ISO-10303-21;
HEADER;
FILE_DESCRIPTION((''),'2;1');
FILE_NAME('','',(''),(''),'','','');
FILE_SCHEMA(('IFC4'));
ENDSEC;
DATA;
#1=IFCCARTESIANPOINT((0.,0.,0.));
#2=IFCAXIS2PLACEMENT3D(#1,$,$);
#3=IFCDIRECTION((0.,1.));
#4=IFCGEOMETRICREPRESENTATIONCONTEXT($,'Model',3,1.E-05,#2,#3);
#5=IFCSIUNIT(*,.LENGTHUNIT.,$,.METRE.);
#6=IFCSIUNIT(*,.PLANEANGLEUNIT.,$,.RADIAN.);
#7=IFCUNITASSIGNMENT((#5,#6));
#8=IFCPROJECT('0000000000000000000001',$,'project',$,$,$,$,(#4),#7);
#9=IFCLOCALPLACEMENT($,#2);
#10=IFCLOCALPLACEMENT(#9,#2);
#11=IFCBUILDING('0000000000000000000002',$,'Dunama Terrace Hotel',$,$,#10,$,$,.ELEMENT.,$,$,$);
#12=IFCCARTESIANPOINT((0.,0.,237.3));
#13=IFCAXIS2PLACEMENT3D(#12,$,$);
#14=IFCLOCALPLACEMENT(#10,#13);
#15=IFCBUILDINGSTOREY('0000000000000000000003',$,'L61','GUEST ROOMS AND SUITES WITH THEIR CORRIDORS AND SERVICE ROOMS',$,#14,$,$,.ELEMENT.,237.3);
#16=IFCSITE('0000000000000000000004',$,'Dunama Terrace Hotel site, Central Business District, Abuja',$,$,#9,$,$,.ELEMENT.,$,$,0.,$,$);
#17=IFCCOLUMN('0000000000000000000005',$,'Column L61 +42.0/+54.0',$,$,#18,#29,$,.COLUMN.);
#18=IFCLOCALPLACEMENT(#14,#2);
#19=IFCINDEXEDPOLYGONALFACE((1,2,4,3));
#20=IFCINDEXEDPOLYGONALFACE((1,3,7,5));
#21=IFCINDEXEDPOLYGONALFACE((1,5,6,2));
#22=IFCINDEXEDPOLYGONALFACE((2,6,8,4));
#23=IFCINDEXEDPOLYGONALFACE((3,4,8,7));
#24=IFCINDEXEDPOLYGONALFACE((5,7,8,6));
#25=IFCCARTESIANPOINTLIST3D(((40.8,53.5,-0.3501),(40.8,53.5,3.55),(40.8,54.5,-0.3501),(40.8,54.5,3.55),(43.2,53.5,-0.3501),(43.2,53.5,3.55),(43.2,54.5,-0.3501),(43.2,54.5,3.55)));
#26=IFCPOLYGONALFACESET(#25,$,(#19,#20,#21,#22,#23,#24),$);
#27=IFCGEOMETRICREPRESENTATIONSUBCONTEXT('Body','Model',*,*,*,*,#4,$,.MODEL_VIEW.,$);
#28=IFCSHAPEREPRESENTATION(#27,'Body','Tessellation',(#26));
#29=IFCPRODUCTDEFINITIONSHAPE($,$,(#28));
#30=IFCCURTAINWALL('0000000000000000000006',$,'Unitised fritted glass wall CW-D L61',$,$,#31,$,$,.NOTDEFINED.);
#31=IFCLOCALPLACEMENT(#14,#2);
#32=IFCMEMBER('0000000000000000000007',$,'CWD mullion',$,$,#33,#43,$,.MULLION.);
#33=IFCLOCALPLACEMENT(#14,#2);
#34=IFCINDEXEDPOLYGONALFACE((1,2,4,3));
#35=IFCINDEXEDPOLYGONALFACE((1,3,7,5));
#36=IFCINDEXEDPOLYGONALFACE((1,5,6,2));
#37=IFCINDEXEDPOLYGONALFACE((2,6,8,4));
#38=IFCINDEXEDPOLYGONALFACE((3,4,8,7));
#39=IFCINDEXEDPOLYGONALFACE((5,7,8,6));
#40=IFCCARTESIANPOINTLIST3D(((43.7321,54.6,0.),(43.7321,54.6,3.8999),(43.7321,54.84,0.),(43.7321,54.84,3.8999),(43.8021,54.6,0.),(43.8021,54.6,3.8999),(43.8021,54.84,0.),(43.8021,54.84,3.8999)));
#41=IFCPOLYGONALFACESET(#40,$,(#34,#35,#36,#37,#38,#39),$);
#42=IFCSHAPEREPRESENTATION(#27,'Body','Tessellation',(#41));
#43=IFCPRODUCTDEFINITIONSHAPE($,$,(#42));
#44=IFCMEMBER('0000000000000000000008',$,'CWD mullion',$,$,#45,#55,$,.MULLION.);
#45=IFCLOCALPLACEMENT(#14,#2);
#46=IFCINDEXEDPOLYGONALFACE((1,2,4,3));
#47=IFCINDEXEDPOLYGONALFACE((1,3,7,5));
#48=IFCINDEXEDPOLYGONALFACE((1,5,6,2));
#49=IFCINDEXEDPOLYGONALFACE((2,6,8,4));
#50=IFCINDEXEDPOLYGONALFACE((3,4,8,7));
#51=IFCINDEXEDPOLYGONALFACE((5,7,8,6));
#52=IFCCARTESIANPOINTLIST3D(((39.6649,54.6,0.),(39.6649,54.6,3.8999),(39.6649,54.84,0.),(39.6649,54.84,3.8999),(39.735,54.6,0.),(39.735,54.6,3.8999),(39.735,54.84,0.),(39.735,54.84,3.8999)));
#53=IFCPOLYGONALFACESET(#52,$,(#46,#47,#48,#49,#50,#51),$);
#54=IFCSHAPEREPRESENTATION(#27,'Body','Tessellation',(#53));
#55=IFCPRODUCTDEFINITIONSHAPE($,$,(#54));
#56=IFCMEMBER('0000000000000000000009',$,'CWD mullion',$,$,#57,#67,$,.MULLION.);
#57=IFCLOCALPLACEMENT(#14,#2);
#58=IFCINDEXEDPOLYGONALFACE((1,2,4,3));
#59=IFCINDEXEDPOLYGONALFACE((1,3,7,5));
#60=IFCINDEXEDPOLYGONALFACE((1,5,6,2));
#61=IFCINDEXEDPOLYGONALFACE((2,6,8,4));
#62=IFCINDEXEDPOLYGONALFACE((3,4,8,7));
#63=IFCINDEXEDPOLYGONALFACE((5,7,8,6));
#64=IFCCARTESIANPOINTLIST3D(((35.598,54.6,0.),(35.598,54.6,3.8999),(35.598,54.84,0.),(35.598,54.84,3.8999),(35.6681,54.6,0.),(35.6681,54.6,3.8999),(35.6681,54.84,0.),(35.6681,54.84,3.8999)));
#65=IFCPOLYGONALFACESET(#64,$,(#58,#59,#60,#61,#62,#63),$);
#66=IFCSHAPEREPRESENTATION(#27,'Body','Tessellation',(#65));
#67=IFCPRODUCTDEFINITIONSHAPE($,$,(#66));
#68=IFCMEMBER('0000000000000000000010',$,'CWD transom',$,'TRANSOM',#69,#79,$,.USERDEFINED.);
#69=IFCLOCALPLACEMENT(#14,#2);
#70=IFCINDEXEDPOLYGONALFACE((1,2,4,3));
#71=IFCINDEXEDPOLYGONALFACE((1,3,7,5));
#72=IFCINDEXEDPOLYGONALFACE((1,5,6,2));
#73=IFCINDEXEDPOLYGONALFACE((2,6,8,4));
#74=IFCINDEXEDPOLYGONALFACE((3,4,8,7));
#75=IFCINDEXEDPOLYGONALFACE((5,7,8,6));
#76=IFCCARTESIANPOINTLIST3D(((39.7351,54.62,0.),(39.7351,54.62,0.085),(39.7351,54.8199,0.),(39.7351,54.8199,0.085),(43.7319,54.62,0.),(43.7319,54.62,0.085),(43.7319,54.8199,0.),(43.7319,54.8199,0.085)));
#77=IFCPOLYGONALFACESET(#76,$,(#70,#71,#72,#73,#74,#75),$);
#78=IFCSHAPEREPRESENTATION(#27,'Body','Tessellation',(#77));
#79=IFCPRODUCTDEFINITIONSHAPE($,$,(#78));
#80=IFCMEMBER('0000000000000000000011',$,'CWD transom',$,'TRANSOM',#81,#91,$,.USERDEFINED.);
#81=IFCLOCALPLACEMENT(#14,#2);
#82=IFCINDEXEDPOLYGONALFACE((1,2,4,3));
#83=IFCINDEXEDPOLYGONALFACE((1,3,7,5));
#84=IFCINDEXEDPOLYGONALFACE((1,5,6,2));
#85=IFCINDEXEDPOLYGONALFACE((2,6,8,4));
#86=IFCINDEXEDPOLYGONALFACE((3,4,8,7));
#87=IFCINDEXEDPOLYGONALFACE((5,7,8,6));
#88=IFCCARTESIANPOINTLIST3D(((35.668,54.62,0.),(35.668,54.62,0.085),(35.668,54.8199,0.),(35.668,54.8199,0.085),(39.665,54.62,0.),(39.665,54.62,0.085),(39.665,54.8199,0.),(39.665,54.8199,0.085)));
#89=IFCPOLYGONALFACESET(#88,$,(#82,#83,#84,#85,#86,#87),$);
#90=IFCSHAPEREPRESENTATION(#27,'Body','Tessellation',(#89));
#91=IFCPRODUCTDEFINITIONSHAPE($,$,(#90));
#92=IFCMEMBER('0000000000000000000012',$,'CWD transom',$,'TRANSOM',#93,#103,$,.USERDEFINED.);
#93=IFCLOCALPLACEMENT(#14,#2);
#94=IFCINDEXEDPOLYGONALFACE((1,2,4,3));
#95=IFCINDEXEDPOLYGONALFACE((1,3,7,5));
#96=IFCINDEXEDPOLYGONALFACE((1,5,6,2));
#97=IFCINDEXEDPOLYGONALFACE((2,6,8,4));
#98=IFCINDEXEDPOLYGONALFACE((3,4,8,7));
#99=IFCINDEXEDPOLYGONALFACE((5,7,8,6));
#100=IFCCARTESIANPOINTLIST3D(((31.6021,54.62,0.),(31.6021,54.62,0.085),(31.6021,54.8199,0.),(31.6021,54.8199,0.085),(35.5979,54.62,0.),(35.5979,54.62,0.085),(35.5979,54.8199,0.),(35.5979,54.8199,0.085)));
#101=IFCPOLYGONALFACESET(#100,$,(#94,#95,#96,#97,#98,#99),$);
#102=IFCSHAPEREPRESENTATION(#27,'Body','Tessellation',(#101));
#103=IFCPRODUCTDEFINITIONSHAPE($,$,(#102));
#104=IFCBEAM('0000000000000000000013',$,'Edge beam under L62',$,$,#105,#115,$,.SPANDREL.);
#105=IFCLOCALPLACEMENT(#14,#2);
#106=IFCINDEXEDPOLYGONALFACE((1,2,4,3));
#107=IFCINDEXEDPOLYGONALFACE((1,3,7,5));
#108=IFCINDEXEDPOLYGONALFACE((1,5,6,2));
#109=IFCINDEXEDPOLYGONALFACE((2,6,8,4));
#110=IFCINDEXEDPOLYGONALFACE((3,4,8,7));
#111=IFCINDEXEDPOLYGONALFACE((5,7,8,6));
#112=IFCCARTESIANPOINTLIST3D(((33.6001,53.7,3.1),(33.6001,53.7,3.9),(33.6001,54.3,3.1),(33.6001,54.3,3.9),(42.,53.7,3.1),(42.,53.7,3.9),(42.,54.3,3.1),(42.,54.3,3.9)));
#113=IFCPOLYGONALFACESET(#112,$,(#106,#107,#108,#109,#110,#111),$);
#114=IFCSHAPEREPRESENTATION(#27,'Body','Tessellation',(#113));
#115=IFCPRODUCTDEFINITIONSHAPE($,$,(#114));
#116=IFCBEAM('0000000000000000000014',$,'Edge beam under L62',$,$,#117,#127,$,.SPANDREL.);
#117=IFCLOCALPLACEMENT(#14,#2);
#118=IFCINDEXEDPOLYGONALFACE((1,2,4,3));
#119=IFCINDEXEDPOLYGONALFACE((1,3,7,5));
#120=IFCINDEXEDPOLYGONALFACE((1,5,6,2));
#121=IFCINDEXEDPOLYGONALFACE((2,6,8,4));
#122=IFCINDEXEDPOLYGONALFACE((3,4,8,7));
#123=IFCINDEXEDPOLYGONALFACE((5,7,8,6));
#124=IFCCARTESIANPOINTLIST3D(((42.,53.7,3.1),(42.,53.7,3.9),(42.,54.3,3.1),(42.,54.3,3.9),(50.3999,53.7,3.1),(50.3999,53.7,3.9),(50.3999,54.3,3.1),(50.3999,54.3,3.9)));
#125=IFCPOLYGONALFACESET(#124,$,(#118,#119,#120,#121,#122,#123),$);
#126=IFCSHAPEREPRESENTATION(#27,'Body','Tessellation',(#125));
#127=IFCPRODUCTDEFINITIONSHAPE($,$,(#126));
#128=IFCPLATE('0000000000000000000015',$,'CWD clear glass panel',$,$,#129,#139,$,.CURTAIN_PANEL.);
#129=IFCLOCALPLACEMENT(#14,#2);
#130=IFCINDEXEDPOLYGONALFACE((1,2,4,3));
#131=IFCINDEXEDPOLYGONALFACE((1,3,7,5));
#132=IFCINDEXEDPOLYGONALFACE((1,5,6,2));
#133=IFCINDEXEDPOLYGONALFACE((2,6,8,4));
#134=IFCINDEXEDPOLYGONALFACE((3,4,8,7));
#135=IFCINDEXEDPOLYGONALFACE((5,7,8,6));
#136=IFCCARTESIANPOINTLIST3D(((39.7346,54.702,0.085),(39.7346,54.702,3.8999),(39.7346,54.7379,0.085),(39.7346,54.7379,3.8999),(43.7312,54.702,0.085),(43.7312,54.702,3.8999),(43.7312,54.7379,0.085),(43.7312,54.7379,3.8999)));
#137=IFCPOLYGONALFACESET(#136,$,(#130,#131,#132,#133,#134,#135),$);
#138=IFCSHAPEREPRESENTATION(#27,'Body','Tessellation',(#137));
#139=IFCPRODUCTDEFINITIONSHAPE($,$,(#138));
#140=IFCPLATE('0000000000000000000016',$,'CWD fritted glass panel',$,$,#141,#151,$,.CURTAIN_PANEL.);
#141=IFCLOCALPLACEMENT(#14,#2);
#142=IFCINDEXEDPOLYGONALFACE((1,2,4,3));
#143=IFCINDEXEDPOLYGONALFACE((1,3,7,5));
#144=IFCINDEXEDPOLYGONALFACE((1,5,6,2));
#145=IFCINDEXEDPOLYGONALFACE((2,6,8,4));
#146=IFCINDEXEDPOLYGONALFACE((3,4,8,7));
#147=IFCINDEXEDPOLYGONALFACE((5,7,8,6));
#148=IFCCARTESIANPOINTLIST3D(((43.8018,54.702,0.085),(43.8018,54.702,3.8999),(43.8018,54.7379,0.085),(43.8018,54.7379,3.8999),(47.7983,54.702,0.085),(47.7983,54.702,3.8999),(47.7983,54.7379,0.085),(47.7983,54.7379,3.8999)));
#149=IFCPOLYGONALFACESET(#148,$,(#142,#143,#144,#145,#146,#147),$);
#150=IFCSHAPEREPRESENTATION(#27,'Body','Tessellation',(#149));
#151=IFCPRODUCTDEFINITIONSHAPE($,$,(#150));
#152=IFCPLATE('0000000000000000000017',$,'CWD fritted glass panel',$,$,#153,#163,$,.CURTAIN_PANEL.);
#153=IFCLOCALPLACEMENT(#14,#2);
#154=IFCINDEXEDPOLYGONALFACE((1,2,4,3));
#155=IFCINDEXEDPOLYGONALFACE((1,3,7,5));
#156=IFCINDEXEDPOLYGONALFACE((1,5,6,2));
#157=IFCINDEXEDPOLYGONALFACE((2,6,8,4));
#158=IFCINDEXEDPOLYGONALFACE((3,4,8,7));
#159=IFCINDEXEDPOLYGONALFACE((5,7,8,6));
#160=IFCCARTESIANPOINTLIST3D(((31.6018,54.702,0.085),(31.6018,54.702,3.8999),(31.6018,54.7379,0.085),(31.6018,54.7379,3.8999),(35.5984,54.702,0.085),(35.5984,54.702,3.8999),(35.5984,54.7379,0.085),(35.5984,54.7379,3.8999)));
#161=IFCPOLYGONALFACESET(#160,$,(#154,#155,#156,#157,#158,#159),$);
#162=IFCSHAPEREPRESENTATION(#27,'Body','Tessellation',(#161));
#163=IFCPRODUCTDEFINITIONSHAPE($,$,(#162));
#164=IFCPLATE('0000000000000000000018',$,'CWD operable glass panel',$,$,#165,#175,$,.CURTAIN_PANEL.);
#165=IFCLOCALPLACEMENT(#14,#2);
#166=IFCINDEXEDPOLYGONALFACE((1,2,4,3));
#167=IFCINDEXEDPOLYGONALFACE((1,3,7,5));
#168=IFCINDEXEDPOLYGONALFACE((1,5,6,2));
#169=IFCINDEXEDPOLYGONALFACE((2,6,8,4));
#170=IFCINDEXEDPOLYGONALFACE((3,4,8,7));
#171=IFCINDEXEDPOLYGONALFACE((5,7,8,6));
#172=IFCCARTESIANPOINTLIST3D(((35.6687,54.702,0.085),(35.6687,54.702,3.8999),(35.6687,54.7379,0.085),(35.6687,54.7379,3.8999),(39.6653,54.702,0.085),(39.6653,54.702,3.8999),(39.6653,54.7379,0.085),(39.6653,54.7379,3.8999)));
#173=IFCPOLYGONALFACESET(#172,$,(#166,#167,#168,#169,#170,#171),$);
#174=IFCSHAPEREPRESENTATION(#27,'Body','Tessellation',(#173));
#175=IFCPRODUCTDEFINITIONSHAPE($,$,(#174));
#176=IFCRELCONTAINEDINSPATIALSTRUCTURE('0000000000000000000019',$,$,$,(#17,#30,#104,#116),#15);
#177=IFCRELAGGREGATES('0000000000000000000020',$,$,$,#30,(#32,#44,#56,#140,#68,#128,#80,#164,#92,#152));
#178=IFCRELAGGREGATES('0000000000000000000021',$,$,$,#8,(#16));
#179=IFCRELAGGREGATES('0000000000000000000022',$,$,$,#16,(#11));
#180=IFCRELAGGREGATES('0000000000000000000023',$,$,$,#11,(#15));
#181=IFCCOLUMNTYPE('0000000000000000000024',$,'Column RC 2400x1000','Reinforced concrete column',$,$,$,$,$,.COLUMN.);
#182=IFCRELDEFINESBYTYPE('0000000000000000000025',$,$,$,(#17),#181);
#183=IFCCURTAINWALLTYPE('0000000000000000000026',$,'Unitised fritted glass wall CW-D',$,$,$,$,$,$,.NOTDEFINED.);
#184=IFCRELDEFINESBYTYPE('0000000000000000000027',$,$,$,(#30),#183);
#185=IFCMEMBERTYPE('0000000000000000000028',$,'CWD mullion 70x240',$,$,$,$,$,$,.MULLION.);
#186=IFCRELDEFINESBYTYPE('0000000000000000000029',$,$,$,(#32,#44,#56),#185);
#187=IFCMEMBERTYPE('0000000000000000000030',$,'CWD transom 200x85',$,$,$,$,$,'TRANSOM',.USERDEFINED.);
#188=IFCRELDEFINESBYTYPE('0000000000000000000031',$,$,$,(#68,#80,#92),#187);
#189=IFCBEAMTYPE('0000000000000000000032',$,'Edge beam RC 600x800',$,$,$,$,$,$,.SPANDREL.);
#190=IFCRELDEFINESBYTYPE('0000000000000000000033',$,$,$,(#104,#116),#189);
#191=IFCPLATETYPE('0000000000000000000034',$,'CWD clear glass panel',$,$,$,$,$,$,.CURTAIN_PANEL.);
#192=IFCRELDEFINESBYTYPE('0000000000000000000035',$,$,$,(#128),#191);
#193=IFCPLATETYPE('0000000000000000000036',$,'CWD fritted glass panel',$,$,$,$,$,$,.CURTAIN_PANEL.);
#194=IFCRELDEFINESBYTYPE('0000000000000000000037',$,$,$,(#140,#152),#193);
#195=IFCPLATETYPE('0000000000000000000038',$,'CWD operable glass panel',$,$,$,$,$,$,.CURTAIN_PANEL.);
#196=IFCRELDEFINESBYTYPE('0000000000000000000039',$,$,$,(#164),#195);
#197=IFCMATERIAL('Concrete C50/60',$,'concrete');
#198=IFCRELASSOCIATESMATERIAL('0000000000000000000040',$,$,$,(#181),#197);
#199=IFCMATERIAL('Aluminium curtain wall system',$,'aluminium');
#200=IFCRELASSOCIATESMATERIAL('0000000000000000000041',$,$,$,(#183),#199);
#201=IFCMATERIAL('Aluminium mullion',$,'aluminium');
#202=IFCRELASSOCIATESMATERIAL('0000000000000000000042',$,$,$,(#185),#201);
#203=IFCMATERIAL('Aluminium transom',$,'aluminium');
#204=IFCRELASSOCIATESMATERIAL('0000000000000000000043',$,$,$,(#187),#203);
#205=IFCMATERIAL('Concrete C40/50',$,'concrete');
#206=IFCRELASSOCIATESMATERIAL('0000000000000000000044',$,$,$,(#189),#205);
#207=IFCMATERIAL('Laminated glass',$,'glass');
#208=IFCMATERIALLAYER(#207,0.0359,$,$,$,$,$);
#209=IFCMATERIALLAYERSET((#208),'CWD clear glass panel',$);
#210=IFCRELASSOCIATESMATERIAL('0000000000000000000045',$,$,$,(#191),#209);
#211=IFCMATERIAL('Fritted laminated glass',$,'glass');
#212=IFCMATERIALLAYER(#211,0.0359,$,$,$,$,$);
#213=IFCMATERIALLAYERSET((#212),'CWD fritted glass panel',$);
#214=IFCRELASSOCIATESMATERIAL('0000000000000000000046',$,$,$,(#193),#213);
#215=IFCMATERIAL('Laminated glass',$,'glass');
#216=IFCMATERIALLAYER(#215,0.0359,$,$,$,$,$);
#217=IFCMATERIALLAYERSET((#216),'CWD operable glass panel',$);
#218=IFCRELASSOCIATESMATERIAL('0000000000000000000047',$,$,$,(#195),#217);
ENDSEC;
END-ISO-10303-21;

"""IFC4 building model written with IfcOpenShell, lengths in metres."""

from ifc_helpers import new_model, si_unit, direction, frame, origin, origin_2d, place, context, subcontext, project, spatial, rectangle, extrude, material, layer, layer_set, material_profile, profile_set, type_object, element, aggregate, save


model = new_model("IFC4")

# Units and contexts
model_context = context("Model", 3, precision=1e-05, world=origin(), true_north=direction((0.0, 1.0)))
body_context = subcontext(model_context, "Body", "Model", "MODEL_VIEW")
ifc_project = project(units=[si_unit("LENGTHUNIT", "METRE"), si_unit("PLANEANGLEUNIT", "RADIAN")], contexts=[model_context])

# Site, building, storey
site_placement = place(None, origin())
site = spatial("IfcSite", under=ifc_project, at=site_placement, Name="Dunama Terrace Hotel site, Central Business District, Abuja", CompositionType="ELEMENT", RefElevation=0.0)
building_placement = place(site_placement, origin())
building = spatial("IfcBuilding", under=site, at=building_placement, Name="Dunama Terrace Hotel", CompositionType="ELEMENT")
storey_placement = place(building_placement, frame((0.0, 0.0, 237.3)))
storey = spatial("IfcBuildingStorey", under=building, at=storey_placement, Name="L61", Description="GUEST ROOMS AND SUITES WITH THEIR CORRIDORS AND SERVICE ROOMS", CompositionType="ELEMENT", Elevation=237.3)

# Column
ifc_material_1 = material(Name="Concrete C50/60", Category="concrete")
ifc_material_profile_1 = material_profile(ifc_material_1, rectangle(XDim=2.3999, YDim=1.0, at=origin_2d()), Name="RC 2400x1000")
ifc_profile_set_1 = profile_set([ifc_material_profile_1], Name="Concrete C50/60")
column_type = type_object("IfcColumnType", Name="Column RC 2400x1000", Description="Reinforced concrete column", PredefinedType="COLUMN", material=ifc_profile_set_1)
column_placement = place(storey_placement, frame((42.0, 54.0, -0.3501), z_axis=(0.0, 0.0, 1.0), x_axis=(1.0, 0.0, 0.0)))
element("IfcColumn", 1, at=column_placement, inside=storey, type_object=column_type, Name="Column L61 +42.0/+54.0", PredefinedType="COLUMN", context=body_context, shape_type="SweptSolid", body=[
    extrude(rectangle(XDim=2.3999, YDim=1.0, at=origin_2d()), origin(), (0.0, 0.0, 1.0), 3.9001),
])

# Curtain wall, members
ifc_material_2 = material(Name="Aluminium curtain wall system", Category="aluminium")
curtain_wall_type = type_object("IfcCurtainWallType", Name="Unitised fritted glass wall CW-D", PredefinedType="NOTDEFINED", material=ifc_material_2)
curtain_wall_placement = place(storey_placement, origin())
curtain_wall = element("IfcCurtainWall", 2, at=curtain_wall_placement, inside=storey, type_object=curtain_wall_type, Name="Unitised fritted glass wall CW-D L61", PredefinedType="NOTDEFINED")
ifc_material_3 = material(Name="Aluminium mullion", Category="aluminium")
ifc_material_profile_2 = material_profile(ifc_material_3, rectangle(XDim=0.0701, YDim=0.24, at=origin_2d()), Name="CWD MULLION 70X240")
ifc_profile_set_2 = profile_set([ifc_material_profile_2], Name="Aluminium mullion")
member_type_1 = type_object("IfcMemberType", Name="CWD mullion 70x240", PredefinedType="MULLION", material=ifc_profile_set_2)
member_1_placement = place(storey_placement, frame((43.7671, 54.72, 0.0), z_axis=(0.0, 0.0, 1.0), x_axis=(-1.0, 0.0, 0.0)))
member_1 = element("IfcMember", 3, at=member_1_placement, type_object=member_type_1, Name="CWD mullion", PredefinedType="MULLION", context=body_context, shape_type="SweptSolid", body=[
    extrude(rectangle(XDim=0.0701, YDim=0.24, at=origin_2d()), origin(), (0.0, 0.0, 1.0), 3.8999),
])
member_2_placement = place(storey_placement, frame((39.7, 54.72, 0.0), z_axis=(0.0, 0.0, 1.0), x_axis=(-1.0, 0.0, 0.0)))
member_2 = element("IfcMember", 4, at=member_2_placement, type_object=member_type_1, Name="CWD mullion", PredefinedType="MULLION", context=body_context, shape_type="SweptSolid", body=[
    extrude(rectangle(XDim=0.0701, YDim=0.24, at=origin_2d()), origin(), (0.0, 0.0, 1.0), 3.8999),
])
member_3_placement = place(storey_placement, frame((35.6331, 54.72, 0.0), z_axis=(0.0, 0.0, 1.0), x_axis=(-1.0, 0.0, 0.0)))
member_3 = element("IfcMember", 5, at=member_3_placement, type_object=member_type_1, Name="CWD mullion", PredefinedType="MULLION", context=body_context, shape_type="SweptSolid", body=[
    extrude(rectangle(XDim=0.0701, YDim=0.24, at=origin_2d()), origin(), (0.0, 0.0, 1.0), 3.8999),
])
ifc_material_4 = material(Name="Aluminium transom", Category="aluminium")
ifc_material_profile_3 = material_profile(ifc_material_4, rectangle(XDim=0.2, YDim=0.085, at=origin_2d()), Name="CWD TRANSOM 200X85")
ifc_profile_set_3 = profile_set([ifc_material_profile_3], Name="Aluminium transom")
member_type_2 = type_object("IfcMemberType", Name="CWD transom 200x85", ElementType="TRANSOM", PredefinedType="USERDEFINED", material=ifc_profile_set_3)
member_4_placement = place(storey_placement, frame((43.7319, 54.72, 0.0425), z_axis=(-1.0, 0.0, 0.0), x_axis=(0.0, -1.0, 0.0)))
member_4 = element("IfcMember", 6, at=member_4_placement, type_object=member_type_2, Name="CWD transom", ObjectType="TRANSOM", PredefinedType="USERDEFINED", context=body_context, shape_type="SweptSolid", body=[
    extrude(rectangle(XDim=0.2, YDim=0.085, at=origin_2d()), origin(), (0.0, 0.0, 1.0), 3.9968),
])
member_5_placement = place(storey_placement, frame((39.665, 54.72, 0.0425), z_axis=(-1.0, 0.0, 0.0), x_axis=(0.0, -1.0, 0.0)))
member_5 = element("IfcMember", 7, at=member_5_placement, type_object=member_type_2, Name="CWD transom", ObjectType="TRANSOM", PredefinedType="USERDEFINED", context=body_context, shape_type="SweptSolid", body=[
    extrude(rectangle(XDim=0.2, YDim=0.085, at=origin_2d()), origin(), (0.0, 0.0, 1.0), 3.9971),
])
member_6_placement = place(storey_placement, frame((35.5979, 54.72, 0.0425), z_axis=(-1.0, 0.0, 0.0), x_axis=(0.0, -1.0, 0.0)))
member_6 = element("IfcMember", 8, at=member_6_placement, type_object=member_type_2, Name="CWD transom", ObjectType="TRANSOM", PredefinedType="USERDEFINED", context=body_context, shape_type="SweptSolid", body=[
    extrude(rectangle(XDim=0.2, YDim=0.085, at=origin_2d()), origin(), (0.0, 0.0, 1.0), 3.9958),
])

# Beams
ifc_material_5 = material(Name="Concrete C40/50", Category="concrete")
ifc_material_profile_4 = material_profile(ifc_material_5, rectangle(XDim=0.6001, YDim=0.8, at=origin_2d()), Name="RC 600x800")
ifc_profile_set_4 = profile_set([ifc_material_profile_4], Name="Concrete C40/50")
beam_type = type_object("IfcBeamType", Name="Edge beam RC 600x800", PredefinedType="SPANDREL", material=ifc_profile_set_4)
for number, where, z_axis, x_axis, name in (
    (9, (33.6001, 54.0, 3.5), (1.0, 0.0, 0.0), (0.0, 1.0, 0.0), "Edge beam under L62"),
    (10, (42.0, 54.0, 3.5), (1.0, 0.0, 0.0), (0.0, 1.0, 0.0), "Edge beam under L62"),
):
    element("IfcBeam", number, at=place(storey_placement, frame(where, z_axis=z_axis, x_axis=x_axis)), inside=storey, type_object=beam_type, Name=name, PredefinedType="SPANDREL", context=body_context, shape_type="SweptSolid", body=[
        extrude(rectangle(XDim=0.6001, YDim=0.8, at=origin_2d()), origin(), (0.0, 0.0, 1.0), 8.3999),
    ])

# Plates
ifc_material_6 = material(Name="Laminated glass", Category="glass")
ifc_layer_1 = layer(ifc_material_6, 0.0359)
ifc_layer_set_1 = layer_set([ifc_layer_1], Name="CWD clear glass panel")
plate_type_1 = type_object("IfcPlateType", Name="CWD clear glass panel", PredefinedType="CURTAIN_PANEL", material=ifc_layer_set_1)
plate_1_placement = place(storey_placement, frame((41.7329, 54.72, 0.085), z_axis=(0.0, 0.0, 1.0), x_axis=(-1.0, 0.0, 0.0)))
plate_1 = element("IfcPlate", 11, at=plate_1_placement, type_object=plate_type_1, Name="CWD clear glass panel", PredefinedType="CURTAIN_PANEL", context=body_context, shape_type="SweptSolid", body=[
    extrude(rectangle(XDim=3.9966, YDim=0.0359, at=origin_2d()), origin(), (0.0, 0.0, 1.0), 3.8149),
])
ifc_material_7 = material(Name="Fritted laminated glass", Category="glass")
ifc_layer_2 = layer(ifc_material_7, 0.0359)
ifc_layer_set_2 = layer_set([ifc_layer_2], Name="CWD fritted glass panel")
plate_type_2 = type_object("IfcPlateType", Name="CWD fritted glass panel", PredefinedType="CURTAIN_PANEL", material=ifc_layer_set_2)
plate_2_placement = place(storey_placement, frame((45.8, 54.72, 0.085), z_axis=(0.0, 0.0, 1.0), x_axis=(-1.0, 0.0, 0.0)))
plate_2 = element("IfcPlate", 12, at=plate_2_placement, type_object=plate_type_2, Name="CWD fritted glass panel", PredefinedType="CURTAIN_PANEL", context=body_context, shape_type="SweptSolid", body=[
    extrude(rectangle(XDim=3.9966, YDim=0.0359, at=origin_2d()), origin(), (0.0, 0.0, 1.0), 3.8149),
])
plate_3_placement = place(storey_placement, frame((33.6001, 54.72, 0.085), z_axis=(0.0, 0.0, 1.0), x_axis=(-1.0, 0.0, 0.0)))
plate_3 = element("IfcPlate", 13, at=plate_3_placement, type_object=plate_type_2, Name="CWD fritted glass panel", PredefinedType="CURTAIN_PANEL", context=body_context, shape_type="SweptSolid", body=[
    extrude(rectangle(XDim=3.9966, YDim=0.0359, at=origin_2d()), origin(), (0.0, 0.0, 1.0), 3.8149),
])
ifc_material_8 = material(Name="Laminated glass", Category="glass")
ifc_layer_3 = layer(ifc_material_8, 0.0359)
ifc_layer_set_3 = layer_set([ifc_layer_3], Name="CWD operable glass panel")
plate_type_3 = type_object("IfcPlateType", Name="CWD operable glass panel", PredefinedType="CURTAIN_PANEL", material=ifc_layer_set_3)
plate_4_placement = place(storey_placement, frame((37.667, 54.72, 0.085), z_axis=(0.0, 0.0, 1.0), x_axis=(-1.0, 0.0, 0.0)))
plate_4 = element("IfcPlate", 14, at=plate_4_placement, type_object=plate_type_3, Name="CWD operable glass panel", PredefinedType="CURTAIN_PANEL", context=body_context, shape_type="SweptSolid", body=[
    extrude(rectangle(XDim=3.9966, YDim=0.0359, at=origin_2d()), origin(), (0.0, 0.0, 1.0), 3.8149),
])
aggregate(curtain_wall, [member_1, member_2, member_3, plate_2, member_4, plate_1, member_5, plate_4, member_6, plate_3])

save(model, "model.ifc")
